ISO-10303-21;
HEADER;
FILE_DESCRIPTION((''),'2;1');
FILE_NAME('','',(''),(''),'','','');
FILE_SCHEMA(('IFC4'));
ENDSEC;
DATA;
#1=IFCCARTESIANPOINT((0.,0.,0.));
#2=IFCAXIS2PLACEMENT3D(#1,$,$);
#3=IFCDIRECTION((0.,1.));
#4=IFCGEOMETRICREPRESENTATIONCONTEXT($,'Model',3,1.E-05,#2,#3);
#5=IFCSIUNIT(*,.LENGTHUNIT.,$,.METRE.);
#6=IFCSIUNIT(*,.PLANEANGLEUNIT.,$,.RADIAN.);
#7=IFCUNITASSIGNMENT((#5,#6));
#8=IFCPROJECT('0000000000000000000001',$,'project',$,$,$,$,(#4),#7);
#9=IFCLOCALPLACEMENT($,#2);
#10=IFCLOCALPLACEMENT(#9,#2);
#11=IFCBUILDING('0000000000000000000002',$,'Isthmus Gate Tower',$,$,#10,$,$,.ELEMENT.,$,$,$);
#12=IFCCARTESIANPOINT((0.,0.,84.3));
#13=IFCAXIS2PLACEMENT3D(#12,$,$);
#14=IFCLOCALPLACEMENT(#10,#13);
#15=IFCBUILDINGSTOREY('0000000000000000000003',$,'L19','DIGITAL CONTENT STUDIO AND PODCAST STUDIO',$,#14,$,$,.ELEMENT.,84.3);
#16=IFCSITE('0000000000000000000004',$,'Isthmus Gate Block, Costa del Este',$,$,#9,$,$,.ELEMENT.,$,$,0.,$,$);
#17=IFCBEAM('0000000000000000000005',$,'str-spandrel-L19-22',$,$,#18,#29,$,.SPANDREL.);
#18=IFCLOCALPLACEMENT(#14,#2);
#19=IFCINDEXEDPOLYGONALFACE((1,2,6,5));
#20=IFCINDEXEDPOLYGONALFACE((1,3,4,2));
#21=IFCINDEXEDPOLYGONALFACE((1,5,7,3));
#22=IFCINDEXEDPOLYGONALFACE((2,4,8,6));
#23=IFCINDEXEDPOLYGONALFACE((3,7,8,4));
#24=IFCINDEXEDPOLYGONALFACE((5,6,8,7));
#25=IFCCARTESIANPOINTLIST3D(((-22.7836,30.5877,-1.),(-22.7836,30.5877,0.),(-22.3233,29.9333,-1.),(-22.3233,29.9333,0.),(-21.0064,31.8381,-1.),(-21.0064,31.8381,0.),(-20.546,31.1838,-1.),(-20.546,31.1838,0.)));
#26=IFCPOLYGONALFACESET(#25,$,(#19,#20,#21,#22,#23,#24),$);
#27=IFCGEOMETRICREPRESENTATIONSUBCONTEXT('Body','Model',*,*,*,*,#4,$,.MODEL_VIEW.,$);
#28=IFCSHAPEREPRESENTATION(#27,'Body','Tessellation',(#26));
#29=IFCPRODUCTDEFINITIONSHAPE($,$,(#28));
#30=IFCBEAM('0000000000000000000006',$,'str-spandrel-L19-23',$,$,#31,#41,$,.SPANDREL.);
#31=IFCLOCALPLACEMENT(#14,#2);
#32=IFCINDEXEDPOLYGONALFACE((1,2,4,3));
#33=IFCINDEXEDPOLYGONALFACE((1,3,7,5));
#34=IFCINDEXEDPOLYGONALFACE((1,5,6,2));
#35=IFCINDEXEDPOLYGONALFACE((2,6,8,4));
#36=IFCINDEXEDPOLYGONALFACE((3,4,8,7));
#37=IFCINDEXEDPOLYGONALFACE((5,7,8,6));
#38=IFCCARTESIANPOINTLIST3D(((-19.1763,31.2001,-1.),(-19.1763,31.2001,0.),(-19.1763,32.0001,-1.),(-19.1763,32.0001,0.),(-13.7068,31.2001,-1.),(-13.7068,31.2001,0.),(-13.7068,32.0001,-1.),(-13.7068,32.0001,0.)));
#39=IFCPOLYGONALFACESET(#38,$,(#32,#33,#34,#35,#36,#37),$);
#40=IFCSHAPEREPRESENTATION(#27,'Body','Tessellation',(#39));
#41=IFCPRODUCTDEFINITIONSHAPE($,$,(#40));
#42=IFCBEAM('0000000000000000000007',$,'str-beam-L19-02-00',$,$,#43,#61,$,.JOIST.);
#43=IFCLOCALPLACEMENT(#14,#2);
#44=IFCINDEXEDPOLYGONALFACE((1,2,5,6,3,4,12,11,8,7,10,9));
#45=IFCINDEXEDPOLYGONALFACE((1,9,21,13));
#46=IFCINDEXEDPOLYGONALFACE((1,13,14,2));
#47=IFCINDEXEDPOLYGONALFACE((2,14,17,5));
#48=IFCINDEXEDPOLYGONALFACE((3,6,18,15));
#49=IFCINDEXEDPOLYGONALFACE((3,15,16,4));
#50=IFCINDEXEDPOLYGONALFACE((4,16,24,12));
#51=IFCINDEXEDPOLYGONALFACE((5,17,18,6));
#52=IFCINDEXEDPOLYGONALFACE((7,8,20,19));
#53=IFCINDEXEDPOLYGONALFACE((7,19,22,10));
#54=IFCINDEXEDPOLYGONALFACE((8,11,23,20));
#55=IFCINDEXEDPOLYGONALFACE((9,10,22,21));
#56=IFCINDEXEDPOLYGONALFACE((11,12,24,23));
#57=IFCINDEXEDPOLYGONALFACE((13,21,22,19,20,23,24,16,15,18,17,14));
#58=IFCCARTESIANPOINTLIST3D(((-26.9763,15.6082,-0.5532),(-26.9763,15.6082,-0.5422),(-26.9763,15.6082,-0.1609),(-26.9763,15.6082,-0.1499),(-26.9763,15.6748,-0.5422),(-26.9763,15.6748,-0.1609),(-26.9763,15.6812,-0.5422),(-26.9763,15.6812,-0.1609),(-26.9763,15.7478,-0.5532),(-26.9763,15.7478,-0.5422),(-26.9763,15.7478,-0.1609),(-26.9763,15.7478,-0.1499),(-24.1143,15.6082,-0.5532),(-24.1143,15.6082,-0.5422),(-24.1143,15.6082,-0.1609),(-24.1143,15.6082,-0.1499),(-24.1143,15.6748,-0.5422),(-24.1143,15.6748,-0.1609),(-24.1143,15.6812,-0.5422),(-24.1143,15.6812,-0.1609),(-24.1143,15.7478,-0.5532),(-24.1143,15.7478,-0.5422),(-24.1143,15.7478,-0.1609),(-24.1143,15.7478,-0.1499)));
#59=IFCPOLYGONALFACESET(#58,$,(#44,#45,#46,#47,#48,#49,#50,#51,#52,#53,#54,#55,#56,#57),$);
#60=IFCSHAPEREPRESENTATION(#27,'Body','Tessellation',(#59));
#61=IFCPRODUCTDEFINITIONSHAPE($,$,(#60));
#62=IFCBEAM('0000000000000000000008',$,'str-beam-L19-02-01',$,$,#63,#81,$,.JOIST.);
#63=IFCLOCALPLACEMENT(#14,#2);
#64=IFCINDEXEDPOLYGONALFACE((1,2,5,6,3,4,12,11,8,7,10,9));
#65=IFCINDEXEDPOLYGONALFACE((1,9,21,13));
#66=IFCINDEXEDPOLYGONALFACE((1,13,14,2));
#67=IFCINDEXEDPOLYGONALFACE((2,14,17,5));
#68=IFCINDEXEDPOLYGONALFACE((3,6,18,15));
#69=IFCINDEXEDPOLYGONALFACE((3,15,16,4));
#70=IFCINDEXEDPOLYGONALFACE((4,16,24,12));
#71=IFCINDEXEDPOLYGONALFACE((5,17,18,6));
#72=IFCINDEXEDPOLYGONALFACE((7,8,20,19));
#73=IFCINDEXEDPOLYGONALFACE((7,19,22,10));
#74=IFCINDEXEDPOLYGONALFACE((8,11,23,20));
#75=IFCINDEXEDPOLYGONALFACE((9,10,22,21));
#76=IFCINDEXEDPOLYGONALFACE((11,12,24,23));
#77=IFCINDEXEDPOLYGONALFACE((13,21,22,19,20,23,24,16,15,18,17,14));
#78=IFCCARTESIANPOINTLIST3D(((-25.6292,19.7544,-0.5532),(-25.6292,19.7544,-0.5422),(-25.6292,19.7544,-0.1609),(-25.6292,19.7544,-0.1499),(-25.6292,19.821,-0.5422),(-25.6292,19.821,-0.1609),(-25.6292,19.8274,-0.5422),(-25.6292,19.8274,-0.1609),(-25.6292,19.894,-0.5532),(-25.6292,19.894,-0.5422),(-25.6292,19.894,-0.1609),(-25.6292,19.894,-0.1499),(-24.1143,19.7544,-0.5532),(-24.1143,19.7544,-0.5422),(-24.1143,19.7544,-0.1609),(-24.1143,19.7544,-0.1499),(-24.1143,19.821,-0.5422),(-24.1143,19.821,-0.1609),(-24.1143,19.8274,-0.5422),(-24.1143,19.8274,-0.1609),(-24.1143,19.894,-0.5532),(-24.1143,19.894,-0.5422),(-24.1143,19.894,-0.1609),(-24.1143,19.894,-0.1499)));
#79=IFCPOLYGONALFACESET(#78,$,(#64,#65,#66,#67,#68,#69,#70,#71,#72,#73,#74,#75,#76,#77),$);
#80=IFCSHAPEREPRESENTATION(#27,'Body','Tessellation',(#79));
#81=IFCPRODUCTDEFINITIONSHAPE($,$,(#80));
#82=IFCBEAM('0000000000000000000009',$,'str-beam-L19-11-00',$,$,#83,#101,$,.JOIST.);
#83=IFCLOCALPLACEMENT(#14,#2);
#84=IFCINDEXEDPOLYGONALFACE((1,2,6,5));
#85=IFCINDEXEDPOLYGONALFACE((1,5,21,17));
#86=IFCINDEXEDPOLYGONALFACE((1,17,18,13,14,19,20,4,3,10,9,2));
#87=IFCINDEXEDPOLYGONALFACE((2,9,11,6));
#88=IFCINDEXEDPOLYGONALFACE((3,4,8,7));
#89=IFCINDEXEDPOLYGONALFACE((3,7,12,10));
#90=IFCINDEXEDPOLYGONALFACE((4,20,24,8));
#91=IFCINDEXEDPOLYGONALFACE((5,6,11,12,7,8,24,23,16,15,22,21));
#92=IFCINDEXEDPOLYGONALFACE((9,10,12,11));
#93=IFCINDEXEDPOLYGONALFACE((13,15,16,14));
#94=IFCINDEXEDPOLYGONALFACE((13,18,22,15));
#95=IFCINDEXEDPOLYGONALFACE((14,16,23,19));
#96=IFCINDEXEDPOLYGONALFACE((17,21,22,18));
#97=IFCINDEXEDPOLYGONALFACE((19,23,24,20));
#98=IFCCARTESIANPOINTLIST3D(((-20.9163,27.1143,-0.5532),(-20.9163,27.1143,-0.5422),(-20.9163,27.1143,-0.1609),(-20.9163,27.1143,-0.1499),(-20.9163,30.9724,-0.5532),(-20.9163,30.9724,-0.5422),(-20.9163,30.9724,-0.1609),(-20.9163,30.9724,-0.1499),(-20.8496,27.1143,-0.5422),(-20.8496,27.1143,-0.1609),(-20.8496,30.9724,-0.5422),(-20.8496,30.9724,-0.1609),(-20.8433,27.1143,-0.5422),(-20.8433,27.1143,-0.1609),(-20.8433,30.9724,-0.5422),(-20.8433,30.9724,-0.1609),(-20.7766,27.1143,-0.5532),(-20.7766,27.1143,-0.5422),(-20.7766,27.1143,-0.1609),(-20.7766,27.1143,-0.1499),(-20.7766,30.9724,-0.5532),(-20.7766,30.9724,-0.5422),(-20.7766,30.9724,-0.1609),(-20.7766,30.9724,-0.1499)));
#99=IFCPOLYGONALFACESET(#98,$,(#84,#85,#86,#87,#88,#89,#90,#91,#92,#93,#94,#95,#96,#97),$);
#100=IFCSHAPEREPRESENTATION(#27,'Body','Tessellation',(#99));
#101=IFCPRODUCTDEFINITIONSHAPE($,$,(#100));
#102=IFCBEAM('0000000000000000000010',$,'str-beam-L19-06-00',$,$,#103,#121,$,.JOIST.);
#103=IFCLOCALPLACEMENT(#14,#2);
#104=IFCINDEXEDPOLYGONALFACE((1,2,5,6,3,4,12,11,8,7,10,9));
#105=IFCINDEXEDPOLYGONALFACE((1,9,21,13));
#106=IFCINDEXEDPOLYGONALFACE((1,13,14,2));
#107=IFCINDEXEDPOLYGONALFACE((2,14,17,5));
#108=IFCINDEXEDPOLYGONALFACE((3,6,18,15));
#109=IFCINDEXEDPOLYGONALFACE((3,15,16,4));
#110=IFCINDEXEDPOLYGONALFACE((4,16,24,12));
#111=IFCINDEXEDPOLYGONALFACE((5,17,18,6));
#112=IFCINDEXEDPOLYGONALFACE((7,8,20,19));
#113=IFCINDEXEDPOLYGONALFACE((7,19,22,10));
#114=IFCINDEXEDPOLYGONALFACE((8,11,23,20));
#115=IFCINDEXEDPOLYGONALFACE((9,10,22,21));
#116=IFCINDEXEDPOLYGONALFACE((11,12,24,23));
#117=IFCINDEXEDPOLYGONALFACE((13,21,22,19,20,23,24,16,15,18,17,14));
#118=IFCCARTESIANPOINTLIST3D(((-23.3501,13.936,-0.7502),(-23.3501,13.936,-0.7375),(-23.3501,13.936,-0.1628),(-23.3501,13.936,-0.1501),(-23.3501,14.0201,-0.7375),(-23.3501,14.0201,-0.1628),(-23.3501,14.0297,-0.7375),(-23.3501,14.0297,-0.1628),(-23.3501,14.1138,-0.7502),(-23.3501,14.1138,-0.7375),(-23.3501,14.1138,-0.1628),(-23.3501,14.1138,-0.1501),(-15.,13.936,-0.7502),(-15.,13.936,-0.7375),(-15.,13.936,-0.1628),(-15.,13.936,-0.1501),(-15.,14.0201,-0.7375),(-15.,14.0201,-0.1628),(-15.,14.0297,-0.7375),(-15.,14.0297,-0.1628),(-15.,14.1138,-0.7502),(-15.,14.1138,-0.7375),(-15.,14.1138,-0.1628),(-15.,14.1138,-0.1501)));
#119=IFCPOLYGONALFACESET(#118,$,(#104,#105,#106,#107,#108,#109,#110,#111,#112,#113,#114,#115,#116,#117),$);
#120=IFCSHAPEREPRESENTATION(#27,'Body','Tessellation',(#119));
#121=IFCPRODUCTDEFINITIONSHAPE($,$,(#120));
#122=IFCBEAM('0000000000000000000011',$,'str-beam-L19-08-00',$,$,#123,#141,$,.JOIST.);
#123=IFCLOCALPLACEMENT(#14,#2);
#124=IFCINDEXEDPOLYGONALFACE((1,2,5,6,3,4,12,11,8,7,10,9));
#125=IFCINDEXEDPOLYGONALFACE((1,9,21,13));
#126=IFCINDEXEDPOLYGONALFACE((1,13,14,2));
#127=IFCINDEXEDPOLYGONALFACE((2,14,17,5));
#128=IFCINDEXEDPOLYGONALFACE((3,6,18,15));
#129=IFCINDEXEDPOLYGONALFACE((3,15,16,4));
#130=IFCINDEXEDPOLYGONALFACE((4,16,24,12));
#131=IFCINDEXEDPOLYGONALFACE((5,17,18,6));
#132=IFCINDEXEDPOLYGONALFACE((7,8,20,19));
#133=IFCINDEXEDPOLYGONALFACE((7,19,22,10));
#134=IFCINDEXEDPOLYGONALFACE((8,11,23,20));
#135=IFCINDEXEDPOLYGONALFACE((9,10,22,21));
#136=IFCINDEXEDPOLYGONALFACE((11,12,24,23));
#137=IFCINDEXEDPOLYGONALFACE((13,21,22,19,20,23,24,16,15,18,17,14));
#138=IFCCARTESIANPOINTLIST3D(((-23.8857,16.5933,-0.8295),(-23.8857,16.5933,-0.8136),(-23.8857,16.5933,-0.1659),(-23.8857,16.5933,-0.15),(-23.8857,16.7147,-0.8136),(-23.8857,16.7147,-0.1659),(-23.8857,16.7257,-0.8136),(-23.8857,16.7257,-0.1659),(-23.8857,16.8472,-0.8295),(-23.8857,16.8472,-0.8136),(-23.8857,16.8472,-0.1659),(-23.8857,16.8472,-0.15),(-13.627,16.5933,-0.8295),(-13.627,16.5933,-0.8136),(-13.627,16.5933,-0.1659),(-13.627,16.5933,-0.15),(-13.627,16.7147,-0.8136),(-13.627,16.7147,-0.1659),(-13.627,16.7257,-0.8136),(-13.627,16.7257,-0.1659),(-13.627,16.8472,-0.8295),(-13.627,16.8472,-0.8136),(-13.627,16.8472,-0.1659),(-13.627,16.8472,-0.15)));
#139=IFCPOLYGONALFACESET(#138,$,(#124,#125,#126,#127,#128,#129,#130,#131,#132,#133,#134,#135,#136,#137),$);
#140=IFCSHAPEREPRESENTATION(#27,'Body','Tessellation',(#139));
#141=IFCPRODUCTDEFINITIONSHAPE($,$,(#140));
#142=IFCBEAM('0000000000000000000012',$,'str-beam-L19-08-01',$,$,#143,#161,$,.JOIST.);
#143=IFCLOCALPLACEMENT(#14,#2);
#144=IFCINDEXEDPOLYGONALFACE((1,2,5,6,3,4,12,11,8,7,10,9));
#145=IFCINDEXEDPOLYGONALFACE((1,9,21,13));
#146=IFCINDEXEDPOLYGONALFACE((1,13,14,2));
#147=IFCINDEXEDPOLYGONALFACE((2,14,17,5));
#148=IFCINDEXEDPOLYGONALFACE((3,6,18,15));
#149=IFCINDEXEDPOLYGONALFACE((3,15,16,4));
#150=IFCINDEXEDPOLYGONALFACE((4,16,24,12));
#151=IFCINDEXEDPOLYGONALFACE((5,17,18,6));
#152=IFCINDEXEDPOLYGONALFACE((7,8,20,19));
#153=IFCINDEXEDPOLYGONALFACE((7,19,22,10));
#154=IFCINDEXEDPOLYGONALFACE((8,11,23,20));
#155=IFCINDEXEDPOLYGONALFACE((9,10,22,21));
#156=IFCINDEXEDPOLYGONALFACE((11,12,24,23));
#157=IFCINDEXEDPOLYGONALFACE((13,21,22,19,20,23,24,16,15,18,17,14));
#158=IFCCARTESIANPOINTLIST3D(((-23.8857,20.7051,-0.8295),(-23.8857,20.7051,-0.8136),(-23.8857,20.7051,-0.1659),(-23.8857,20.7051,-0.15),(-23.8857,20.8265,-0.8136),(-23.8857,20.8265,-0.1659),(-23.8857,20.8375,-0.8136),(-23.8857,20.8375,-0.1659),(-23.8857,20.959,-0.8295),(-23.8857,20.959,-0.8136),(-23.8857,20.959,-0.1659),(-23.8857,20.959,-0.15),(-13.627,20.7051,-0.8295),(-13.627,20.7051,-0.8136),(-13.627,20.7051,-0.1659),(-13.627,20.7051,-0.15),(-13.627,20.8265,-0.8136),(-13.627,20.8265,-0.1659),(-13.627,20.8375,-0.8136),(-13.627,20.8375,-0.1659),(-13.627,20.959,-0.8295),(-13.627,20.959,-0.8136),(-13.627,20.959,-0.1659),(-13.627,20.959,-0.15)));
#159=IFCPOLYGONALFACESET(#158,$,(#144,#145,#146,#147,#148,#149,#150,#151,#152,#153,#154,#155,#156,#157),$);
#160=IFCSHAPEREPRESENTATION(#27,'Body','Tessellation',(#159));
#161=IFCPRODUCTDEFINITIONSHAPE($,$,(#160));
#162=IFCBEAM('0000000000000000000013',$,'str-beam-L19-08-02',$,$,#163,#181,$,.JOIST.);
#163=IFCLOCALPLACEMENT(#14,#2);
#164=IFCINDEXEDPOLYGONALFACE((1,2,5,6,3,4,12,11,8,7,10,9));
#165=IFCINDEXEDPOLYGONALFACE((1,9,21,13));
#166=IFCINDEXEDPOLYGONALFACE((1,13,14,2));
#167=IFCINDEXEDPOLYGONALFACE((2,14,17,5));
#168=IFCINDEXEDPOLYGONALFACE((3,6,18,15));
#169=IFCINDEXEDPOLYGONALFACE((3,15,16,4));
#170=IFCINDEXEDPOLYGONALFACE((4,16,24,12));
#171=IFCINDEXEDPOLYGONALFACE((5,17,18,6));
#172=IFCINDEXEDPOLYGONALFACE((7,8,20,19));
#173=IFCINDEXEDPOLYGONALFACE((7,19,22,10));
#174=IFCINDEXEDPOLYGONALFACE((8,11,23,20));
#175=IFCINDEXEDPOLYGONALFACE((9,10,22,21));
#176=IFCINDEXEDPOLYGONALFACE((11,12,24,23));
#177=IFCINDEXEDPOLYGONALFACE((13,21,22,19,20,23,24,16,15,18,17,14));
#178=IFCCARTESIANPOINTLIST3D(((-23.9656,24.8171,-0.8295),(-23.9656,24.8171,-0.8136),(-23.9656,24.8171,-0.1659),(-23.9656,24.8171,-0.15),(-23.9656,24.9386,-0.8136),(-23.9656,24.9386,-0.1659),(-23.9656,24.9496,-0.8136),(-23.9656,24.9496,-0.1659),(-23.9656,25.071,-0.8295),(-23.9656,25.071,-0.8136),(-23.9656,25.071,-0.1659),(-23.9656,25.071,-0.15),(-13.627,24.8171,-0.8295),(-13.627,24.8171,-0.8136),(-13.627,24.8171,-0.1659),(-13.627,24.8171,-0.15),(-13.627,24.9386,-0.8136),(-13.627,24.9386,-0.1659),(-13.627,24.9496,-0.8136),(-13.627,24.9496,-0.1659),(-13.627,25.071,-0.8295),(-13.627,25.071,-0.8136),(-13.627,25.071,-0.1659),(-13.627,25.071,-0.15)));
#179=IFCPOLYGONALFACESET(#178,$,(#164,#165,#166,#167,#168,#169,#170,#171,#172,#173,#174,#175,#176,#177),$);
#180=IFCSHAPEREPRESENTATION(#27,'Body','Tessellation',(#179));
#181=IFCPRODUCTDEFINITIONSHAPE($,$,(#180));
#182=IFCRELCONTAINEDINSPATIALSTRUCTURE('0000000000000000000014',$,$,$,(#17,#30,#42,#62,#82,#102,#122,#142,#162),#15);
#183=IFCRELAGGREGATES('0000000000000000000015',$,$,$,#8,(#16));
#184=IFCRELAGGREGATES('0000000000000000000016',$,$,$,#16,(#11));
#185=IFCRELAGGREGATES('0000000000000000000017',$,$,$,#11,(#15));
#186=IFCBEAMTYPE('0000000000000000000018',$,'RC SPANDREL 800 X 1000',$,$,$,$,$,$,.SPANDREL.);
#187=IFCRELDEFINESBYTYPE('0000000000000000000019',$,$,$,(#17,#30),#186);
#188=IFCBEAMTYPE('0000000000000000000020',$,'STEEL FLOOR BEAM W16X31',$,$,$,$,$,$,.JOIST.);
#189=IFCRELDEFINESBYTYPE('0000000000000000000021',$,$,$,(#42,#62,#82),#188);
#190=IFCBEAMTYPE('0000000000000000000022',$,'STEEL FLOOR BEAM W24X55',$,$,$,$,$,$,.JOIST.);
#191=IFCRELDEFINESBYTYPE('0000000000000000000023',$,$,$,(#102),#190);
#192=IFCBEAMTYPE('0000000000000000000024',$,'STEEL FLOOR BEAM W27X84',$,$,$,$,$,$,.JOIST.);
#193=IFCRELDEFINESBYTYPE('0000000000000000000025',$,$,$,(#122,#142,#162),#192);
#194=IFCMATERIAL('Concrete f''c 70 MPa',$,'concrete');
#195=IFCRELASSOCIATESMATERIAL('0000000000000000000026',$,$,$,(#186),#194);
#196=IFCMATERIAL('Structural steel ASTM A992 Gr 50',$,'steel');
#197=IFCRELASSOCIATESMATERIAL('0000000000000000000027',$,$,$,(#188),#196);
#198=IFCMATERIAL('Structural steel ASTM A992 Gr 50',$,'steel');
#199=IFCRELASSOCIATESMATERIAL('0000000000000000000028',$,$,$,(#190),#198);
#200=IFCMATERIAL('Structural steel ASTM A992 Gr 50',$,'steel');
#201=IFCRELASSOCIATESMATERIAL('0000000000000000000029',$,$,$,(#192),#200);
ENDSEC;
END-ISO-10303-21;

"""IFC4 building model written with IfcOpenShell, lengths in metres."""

from ifc_helpers import new_model, si_unit, direction, frame, origin, origin_2d, place, context, subcontext, project, spatial, rectangle, i_section, extrude, material, material_profile, profile_set, type_object, element, save


model = new_model("IFC4")

# Units and contexts
model_context = context("Model", 3, precision=1e-05, world=origin(), true_north=direction((0.0, 1.0)))
body_context = subcontext(model_context, "Body", "Model", "MODEL_VIEW")
ifc_project = project(units=[si_unit("LENGTHUNIT", "METRE"), si_unit("PLANEANGLEUNIT", "RADIAN")], contexts=[model_context])

# Site, building, storey
site_placement = place(None, origin())
site = spatial("IfcSite", under=ifc_project, at=site_placement, Name="Isthmus Gate Block, Costa del Este", CompositionType="ELEMENT", RefElevation=0.0)
building_placement = place(site_placement, origin())
building = spatial("IfcBuilding", under=site, at=building_placement, Name="Isthmus Gate Tower", CompositionType="ELEMENT")
storey_placement = place(building_placement, frame((0.0, 0.0, 84.3)))
storey = spatial("IfcBuildingStorey", under=building, at=storey_placement, Name="L19", Description="DIGITAL CONTENT STUDIO AND PODCAST STUDIO", CompositionType="ELEMENT", Elevation=84.3)

# Beams
ifc_material_1 = material(Name="Concrete f'c 70 MPa", Category="concrete")
ifc_material_profile_1 = material_profile(ifc_material_1, rectangle(XDim=0.8, YDim=1.0, at=origin_2d()), Name="RC 800X1000")
ifc_profile_set_1 = profile_set([ifc_material_profile_1], Name="Concrete f'c 70 MPa")
beam_type_1 = type_object("IfcBeamType", Name="RC SPANDREL 800 X 1000", PredefinedType="SPANDREL", material=ifc_profile_set_1)
beam_1_placement = place(storey_placement, frame((-22.5535, 30.2605, -0.5), z_axis=(0.817857, 0.575421, 0.0), x_axis=(-0.575421, 0.817857, 0.0)))
element("IfcBeam", 1, at=beam_1_placement, inside=storey, type_object=beam_type_1, Name="str-spandrel-L19-22", PredefinedType="SPANDREL", context=body_context, shape_type="SweptSolid", body=[
    extrude(rectangle(XDim=0.8, YDim=1.0, at=origin_2d()), origin(), (0.0, 0.0, 1.0), 2.1731),
])
beam_2_placement = place(storey_placement, frame((-19.1763, 31.6001, -0.5), z_axis=(1.0, 0.0, 0.0), x_axis=(0.0, 1.0, 0.0)))
element("IfcBeam", 2, at=beam_2_placement, inside=storey, type_object=beam_type_1, Name="str-spandrel-L19-23", PredefinedType="SPANDREL", context=body_context, shape_type="SweptSolid", body=[
    extrude(rectangle(XDim=0.8, YDim=1.0, at=origin_2d()), origin(), (0.0, 0.0, 1.0), 5.4695),
])
ifc_material_2 = material(Name="Structural steel ASTM A992 Gr 50", Category="steel")
ifc_material_profile_2 = material_profile(ifc_material_2, i_section(OverallWidth=0.1396, OverallDepth=0.4033, WebThickness=0.0063, FlangeThickness=0.011, at=origin_2d()), Name="W16X31")
ifc_profile_set_2 = profile_set([ifc_material_profile_2], Name="Structural steel ASTM A992 Gr 50")
beam_type_2 = type_object("IfcBeamType", Name="STEEL FLOOR BEAM W16X31", PredefinedType="JOIST", material=ifc_profile_set_2)
beam_3_placement = place(storey_placement, frame((-26.9763, 15.678, -0.3516), z_axis=(1.0, 0.0, 0.0), x_axis=(0.0, 1.0, 0.0)))
element("IfcBeam", 3, at=beam_3_placement, inside=storey, type_object=beam_type_2, Name="str-beam-L19-02-00", PredefinedType="JOIST", context=body_context, shape_type="SweptSolid", body=[
    extrude(i_section(OverallWidth=0.1396, OverallDepth=0.4033, WebThickness=0.0063, FlangeThickness=0.011, at=origin_2d()), origin(), (0.0, 0.0, 1.0), 2.8621),
])
beam_4_placement = place(storey_placement, frame((-25.6292, 19.8242, -0.3516), z_axis=(1.0, 0.0, 0.0), x_axis=(0.0, 1.0, 0.0)))
element("IfcBeam", 4, at=beam_4_placement, inside=storey, type_object=beam_type_2, Name="str-beam-L19-02-01", PredefinedType="JOIST", context=body_context, shape_type="SweptSolid", body=[
    extrude(i_section(OverallWidth=0.1396, OverallDepth=0.4033, WebThickness=0.0063, FlangeThickness=0.011, at=origin_2d()), origin(), (0.0, 0.0, 1.0), 1.5149),
])
beam_5_placement = place(storey_placement, frame((-20.8464, 27.1143, -0.3516), z_axis=(0.0, 1.0, 0.0), x_axis=(-1.0, 0.0, 0.0)))
element("IfcBeam", 5, at=beam_5_placement, inside=storey, type_object=beam_type_2, Name="str-beam-L19-11-00", PredefinedType="JOIST", context=body_context, shape_type="SweptSolid", body=[
    extrude(i_section(OverallWidth=0.1396, OverallDepth=0.4033, WebThickness=0.0063, FlangeThickness=0.011, at=origin_2d()), origin(), (0.0, 0.0, 1.0), 3.8582),
])
ifc_material_3 = material(Name="Structural steel ASTM A992 Gr 50", Category="steel")
ifc_material_profile_3 = material_profile(ifc_material_3, i_section(OverallWidth=0.1777, OverallDepth=0.6001, WebThickness=0.0095, FlangeThickness=0.0127, at=origin_2d()), Name="W24X55")
ifc_profile_set_3 = profile_set([ifc_material_profile_3], Name="Structural steel ASTM A992 Gr 50")
beam_type_3 = type_object("IfcBeamType", Name="STEEL FLOOR BEAM W24X55", PredefinedType="JOIST", material=ifc_profile_set_3)
beam_6_placement = place(storey_placement, frame((-23.3501, 14.0249, -0.4502), z_axis=(1.0, 0.0, 0.0), x_axis=(0.0, 1.0, 0.0)))
element("IfcBeam", 6, at=beam_6_placement, inside=storey, type_object=beam_type_3, Name="str-beam-L19-06-00", PredefinedType="JOIST", context=body_context, shape_type="SweptSolid", body=[
    extrude(i_section(OverallWidth=0.1777, OverallDepth=0.6001, WebThickness=0.0095, FlangeThickness=0.0127, at=origin_2d()), origin(), (0.0, 0.0, 1.0), 8.3501),
])
ifc_material_4 = material(Name="Structural steel ASTM A992 Gr 50", Category="steel")
ifc_material_profile_4 = material_profile(ifc_material_4, i_section(OverallWidth=0.2539, OverallDepth=0.6794, WebThickness=0.011, FlangeThickness=0.0159, at=origin_2d()), Name="W27X84")
ifc_profile_set_4 = profile_set([ifc_material_profile_4], Name="Structural steel ASTM A992 Gr 50")
beam_type_4 = type_object("IfcBeamType", Name="STEEL FLOOR BEAM W27X84", PredefinedType="JOIST", material=ifc_profile_set_4)
for number, where, z_axis, x_axis, name in (
    (7, (-23.8857, 16.7202, -0.4897), (1.0, 0.0, 0.0), (0.0, 1.0, 0.0), "str-beam-L19-08-00"),
    (8, (-23.8857, 20.832, -0.4897), (1.0, 0.0, 0.0), (0.0, 1.0, 0.0), "str-beam-L19-08-01"),
):
    element("IfcBeam", number, at=place(storey_placement, frame(where, z_axis=z_axis, x_axis=x_axis)), inside=storey, type_object=beam_type_4, Name=name, PredefinedType="JOIST", context=body_context, shape_type="SweptSolid", body=[
        extrude(i_section(OverallWidth=0.2539, OverallDepth=0.6794, WebThickness=0.011, FlangeThickness=0.0159, at=origin_2d()), origin(), (0.0, 0.0, 1.0), 10.2588),
    ])
beam_7_placement = place(storey_placement, frame((-23.9656, 24.9441, -0.4897), z_axis=(1.0, 0.0, 0.0), x_axis=(0.0, 1.0, 0.0)))
element("IfcBeam", 9, at=beam_7_placement, inside=storey, type_object=beam_type_4, Name="str-beam-L19-08-02", PredefinedType="JOIST", context=body_context, shape_type="SweptSolid", body=[
    extrude(i_section(OverallWidth=0.2539, OverallDepth=0.6794, WebThickness=0.011, FlangeThickness=0.0159, at=origin_2d()), origin(), (0.0, 0.0, 1.0), 10.3386),
])

save(model, "model.ifc")
